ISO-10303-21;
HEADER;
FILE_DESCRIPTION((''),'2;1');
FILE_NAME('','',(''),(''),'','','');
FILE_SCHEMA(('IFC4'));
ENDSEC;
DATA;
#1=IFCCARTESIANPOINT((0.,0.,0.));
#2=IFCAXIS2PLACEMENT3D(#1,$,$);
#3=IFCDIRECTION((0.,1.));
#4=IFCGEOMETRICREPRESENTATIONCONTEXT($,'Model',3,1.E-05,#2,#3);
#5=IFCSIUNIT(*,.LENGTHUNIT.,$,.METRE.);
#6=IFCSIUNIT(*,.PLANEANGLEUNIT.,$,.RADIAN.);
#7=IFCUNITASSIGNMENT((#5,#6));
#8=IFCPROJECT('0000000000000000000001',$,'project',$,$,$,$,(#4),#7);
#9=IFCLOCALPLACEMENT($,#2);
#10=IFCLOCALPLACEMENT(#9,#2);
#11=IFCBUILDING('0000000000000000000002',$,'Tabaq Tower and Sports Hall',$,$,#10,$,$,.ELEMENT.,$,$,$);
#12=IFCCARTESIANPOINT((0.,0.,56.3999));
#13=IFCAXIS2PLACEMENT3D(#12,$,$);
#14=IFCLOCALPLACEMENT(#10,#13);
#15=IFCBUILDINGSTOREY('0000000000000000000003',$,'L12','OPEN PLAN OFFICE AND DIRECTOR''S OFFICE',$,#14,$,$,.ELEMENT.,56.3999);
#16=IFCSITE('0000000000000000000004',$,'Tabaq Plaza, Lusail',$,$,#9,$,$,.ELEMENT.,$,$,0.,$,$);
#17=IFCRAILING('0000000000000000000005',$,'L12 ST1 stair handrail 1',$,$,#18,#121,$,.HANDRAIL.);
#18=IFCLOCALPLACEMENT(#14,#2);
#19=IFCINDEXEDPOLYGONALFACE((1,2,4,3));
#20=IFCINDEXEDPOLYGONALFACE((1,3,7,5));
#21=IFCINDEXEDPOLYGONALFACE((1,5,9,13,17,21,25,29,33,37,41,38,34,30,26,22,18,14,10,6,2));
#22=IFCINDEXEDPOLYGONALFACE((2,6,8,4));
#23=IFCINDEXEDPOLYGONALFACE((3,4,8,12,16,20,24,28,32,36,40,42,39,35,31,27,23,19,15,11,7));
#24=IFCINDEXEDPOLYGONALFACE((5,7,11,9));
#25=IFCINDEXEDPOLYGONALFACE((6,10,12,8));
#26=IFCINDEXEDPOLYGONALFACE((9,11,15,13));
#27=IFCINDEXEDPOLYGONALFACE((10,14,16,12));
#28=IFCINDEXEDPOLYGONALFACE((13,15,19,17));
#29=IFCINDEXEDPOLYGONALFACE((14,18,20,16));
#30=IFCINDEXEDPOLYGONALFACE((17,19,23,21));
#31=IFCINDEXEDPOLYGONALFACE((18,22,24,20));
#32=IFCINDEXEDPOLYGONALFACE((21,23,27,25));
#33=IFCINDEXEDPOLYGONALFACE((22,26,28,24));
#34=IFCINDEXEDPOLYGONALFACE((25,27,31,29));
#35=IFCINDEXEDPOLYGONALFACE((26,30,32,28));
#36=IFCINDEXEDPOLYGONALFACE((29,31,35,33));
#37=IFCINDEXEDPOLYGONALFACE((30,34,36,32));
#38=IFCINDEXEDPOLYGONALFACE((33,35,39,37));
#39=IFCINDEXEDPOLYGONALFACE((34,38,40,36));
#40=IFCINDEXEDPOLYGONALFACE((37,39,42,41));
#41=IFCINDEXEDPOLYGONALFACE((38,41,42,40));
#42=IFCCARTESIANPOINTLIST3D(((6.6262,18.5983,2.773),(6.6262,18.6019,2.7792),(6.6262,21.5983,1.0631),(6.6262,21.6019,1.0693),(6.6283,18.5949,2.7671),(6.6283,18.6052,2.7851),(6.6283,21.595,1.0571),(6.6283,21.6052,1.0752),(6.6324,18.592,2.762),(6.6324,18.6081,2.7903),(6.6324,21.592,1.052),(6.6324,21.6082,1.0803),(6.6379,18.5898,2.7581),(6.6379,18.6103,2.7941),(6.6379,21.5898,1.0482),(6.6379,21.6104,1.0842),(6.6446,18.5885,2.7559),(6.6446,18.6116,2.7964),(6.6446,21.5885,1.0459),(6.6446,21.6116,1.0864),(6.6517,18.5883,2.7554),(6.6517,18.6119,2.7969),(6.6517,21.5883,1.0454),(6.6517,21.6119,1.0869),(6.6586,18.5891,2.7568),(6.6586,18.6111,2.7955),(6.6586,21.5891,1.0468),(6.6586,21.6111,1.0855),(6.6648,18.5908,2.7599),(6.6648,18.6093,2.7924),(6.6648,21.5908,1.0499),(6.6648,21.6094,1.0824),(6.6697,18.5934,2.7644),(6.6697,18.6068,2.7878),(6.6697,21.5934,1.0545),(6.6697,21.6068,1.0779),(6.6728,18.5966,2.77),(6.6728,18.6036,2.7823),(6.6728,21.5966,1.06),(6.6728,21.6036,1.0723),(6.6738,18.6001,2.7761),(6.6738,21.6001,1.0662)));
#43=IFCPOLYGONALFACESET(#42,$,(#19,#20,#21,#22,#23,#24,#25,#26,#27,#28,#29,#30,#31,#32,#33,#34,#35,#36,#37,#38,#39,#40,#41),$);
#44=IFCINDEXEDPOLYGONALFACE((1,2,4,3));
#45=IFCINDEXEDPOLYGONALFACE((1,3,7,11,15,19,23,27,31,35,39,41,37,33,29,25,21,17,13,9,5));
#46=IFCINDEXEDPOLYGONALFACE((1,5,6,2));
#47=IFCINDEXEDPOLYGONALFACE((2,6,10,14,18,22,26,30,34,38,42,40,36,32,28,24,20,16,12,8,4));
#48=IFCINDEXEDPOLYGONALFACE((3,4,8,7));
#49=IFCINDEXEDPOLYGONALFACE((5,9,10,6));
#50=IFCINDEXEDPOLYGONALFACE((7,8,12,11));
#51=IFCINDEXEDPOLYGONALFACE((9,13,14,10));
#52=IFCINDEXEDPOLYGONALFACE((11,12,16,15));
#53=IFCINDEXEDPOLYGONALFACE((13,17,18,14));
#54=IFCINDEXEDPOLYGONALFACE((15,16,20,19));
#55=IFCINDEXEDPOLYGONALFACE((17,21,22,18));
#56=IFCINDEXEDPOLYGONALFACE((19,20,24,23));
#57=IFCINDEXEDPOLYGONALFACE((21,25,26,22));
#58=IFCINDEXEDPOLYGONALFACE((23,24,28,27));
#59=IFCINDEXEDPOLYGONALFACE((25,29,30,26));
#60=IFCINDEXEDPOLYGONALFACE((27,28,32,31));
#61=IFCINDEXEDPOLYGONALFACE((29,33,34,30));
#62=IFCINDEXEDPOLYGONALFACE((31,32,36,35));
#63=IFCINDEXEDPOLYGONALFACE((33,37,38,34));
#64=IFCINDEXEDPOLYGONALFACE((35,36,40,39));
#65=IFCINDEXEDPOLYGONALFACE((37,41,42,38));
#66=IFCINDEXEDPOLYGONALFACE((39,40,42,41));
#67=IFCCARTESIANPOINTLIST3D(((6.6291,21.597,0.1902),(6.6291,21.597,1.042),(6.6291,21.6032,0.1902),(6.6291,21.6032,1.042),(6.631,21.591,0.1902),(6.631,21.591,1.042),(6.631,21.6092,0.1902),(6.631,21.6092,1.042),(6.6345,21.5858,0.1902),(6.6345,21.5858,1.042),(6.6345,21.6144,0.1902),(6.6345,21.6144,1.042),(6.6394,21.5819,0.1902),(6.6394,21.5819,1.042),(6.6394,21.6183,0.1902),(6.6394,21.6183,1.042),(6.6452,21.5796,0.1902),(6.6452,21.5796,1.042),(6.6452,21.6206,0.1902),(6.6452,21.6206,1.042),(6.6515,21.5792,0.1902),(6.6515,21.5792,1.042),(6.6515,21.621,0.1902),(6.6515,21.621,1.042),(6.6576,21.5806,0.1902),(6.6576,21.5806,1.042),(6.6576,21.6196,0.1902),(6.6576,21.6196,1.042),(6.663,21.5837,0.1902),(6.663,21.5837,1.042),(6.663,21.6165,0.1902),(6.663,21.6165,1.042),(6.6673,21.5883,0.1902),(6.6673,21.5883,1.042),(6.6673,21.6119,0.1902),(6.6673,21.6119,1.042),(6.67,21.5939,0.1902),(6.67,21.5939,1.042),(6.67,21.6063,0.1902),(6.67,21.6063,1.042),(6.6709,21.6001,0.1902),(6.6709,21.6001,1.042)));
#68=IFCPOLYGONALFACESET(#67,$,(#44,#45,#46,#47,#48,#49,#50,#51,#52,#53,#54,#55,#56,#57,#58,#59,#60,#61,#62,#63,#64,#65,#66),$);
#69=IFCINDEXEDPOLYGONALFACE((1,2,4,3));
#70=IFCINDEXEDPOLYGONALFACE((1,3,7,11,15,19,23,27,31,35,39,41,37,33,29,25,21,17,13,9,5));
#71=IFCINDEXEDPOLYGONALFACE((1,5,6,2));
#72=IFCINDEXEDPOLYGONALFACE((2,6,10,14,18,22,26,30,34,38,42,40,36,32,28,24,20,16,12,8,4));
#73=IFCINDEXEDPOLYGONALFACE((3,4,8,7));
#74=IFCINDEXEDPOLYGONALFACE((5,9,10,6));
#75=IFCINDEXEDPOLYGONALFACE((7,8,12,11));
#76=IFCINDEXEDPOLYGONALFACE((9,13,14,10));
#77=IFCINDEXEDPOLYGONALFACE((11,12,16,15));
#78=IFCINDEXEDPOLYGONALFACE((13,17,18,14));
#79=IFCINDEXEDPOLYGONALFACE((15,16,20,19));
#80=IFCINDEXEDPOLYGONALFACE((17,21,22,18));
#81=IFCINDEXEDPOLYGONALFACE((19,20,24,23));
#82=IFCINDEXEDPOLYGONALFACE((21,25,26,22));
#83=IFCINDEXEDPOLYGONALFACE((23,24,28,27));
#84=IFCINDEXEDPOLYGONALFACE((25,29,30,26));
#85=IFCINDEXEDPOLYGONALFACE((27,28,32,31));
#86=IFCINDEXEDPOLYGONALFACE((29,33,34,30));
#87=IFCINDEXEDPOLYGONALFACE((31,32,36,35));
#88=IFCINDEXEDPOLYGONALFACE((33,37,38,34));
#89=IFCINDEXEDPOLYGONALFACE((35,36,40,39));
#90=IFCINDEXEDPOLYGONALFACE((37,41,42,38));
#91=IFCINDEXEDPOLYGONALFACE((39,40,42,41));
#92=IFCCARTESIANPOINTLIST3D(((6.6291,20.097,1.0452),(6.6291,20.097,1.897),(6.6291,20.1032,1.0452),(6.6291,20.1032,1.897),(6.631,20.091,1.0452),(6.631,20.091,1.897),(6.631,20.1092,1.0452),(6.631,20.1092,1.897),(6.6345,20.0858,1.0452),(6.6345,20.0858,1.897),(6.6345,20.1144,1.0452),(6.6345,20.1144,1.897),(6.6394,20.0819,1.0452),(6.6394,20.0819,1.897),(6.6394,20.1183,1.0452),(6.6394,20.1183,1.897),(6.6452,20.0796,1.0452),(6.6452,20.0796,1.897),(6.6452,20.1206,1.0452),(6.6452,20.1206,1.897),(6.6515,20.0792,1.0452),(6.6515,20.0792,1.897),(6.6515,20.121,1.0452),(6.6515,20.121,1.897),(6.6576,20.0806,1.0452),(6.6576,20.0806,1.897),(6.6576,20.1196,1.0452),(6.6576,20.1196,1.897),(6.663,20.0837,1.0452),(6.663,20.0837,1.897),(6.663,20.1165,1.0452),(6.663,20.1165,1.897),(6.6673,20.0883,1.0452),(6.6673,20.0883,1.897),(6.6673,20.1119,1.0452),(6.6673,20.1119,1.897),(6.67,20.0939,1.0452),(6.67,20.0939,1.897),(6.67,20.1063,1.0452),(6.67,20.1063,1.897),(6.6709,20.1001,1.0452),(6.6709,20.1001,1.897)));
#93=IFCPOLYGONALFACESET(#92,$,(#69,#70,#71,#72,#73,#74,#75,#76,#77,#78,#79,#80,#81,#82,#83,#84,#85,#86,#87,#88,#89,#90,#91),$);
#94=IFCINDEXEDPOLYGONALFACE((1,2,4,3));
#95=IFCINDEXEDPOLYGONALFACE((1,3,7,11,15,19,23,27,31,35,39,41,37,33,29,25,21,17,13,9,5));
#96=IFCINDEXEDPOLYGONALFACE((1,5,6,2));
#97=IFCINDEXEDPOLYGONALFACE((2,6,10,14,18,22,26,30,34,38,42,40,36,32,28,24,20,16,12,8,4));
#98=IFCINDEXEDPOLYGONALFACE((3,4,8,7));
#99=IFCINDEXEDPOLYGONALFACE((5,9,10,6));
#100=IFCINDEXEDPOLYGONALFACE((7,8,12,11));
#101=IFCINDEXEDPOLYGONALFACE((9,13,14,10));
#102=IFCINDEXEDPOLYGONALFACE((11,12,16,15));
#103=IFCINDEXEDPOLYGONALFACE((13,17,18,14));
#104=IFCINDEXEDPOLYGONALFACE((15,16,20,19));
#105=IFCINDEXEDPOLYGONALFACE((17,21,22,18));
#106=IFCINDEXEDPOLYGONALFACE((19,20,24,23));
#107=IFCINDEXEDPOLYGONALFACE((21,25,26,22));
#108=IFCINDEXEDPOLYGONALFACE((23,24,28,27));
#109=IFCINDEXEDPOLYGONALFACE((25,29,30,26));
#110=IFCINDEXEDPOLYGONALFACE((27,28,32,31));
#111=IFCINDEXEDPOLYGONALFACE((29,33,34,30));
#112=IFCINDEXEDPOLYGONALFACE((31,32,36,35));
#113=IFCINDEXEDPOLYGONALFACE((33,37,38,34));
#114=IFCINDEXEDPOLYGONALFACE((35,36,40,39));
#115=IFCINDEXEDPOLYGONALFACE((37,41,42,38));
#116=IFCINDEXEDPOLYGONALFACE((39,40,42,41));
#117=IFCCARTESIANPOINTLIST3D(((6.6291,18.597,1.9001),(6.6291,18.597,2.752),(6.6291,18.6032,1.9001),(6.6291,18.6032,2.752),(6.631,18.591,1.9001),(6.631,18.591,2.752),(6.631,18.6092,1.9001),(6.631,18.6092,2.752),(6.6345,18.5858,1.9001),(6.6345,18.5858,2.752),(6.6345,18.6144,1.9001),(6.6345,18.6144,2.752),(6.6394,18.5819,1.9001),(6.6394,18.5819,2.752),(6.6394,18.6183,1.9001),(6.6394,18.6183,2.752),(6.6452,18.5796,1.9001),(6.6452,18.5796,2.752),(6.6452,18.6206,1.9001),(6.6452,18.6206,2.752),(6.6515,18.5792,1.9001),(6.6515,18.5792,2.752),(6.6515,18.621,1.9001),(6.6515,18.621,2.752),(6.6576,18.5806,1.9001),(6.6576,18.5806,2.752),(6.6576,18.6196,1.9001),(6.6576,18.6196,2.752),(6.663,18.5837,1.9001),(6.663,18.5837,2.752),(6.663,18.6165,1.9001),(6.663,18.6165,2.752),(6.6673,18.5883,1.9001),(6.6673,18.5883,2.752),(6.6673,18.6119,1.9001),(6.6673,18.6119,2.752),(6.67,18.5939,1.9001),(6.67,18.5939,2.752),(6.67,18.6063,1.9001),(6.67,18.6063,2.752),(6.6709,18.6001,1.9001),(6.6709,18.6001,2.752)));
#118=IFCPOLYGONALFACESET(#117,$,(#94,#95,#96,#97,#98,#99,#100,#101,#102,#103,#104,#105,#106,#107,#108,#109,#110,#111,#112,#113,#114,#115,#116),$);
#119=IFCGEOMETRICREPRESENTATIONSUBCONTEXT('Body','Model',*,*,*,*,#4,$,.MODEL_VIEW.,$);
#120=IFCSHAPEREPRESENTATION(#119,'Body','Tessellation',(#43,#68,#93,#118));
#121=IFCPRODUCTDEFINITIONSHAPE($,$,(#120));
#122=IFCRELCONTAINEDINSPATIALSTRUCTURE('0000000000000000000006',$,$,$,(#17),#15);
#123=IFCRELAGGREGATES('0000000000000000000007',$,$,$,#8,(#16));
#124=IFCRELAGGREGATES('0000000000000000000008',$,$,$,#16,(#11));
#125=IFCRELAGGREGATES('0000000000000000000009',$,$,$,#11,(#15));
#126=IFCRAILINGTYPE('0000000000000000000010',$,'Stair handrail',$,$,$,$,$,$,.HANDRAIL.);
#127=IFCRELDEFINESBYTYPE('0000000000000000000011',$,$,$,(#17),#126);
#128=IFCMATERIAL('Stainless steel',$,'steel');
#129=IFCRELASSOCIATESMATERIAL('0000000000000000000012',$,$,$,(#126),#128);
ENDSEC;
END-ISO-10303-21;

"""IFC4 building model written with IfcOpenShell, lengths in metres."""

from ifc_helpers import new_model, si_unit, direction, frame, origin, origin_2d, place, context, subcontext, project, spatial, circle, extrude, material, type_object, element, save


model = new_model("IFC4")

# Units and contexts
model_context = context("Model", 3, precision=1e-05, world=origin(), true_north=direction((0.0, 1.0)))
body_context = subcontext(model_context, "Body", "Model", "MODEL_VIEW")
ifc_project = project(units=[si_unit("LENGTHUNIT", "METRE"), si_unit("PLANEANGLEUNIT", "RADIAN")], contexts=[model_context])

# Site, building, storey
site_placement = place(None, origin())
site = spatial("IfcSite", under=ifc_project, at=site_placement, Name="Tabaq Plaza, Lusail", CompositionType="ELEMENT", RefElevation=0.0)
building_placement = place(site_placement, origin())
building = spatial("IfcBuilding", under=site, at=building_placement, Name="Tabaq Tower and Sports Hall", CompositionType="ELEMENT")
storey_placement = place(building_placement, frame((0.0, 0.0, 56.3999)))
storey = spatial("IfcBuildingStorey", under=building, at=storey_placement, Name="L12", Description="OPEN PLAN OFFICE AND DIRECTOR'S OFFICE", CompositionType="ELEMENT", Elevation=56.3999)

# Railing
ifc_material_1 = material(Name="Stainless steel", Category="steel")
railing_type_1 = type_object("IfcRailingType", Name="Stair handrail", PredefinedType="HANDRAIL", material=ifc_material_1)
railing_1_placement = place(storey_placement, frame((6.6499, 21.6001, 0.1902)))
element("IfcRailing", 1, at=railing_1_placement, inside=storey, type_object=railing_type_1, Name="L12 ST1 stair handrail 1", PredefinedType="HANDRAIL", context=body_context, shape_type="SweptSolid", body=[
    extrude(circle(Radius=0.0239, at=origin_2d()), frame((0.0, 0.0, 0.876), z_axis=(0.0, -0.868782, 0.495195), x_axis=(1.0, 0.0, 0.0)), (0.0, 0.0, 1.0), 3.4531),
    extrude(circle(Radius=0.021, at=origin_2d()), origin(), (0.0, 0.0, 1.0), 0.8518),
    extrude(circle(Radius=0.021, at=origin_2d()), frame((0.0, -1.5, 0.855)), (0.0, 0.0, 1.0), 0.8518),
    extrude(circle(Radius=0.021, at=origin_2d()), frame((0.0, -3.0, 1.71)), (0.0, 0.0, 1.0), 0.8518),
])

save(model, "model.ifc")
